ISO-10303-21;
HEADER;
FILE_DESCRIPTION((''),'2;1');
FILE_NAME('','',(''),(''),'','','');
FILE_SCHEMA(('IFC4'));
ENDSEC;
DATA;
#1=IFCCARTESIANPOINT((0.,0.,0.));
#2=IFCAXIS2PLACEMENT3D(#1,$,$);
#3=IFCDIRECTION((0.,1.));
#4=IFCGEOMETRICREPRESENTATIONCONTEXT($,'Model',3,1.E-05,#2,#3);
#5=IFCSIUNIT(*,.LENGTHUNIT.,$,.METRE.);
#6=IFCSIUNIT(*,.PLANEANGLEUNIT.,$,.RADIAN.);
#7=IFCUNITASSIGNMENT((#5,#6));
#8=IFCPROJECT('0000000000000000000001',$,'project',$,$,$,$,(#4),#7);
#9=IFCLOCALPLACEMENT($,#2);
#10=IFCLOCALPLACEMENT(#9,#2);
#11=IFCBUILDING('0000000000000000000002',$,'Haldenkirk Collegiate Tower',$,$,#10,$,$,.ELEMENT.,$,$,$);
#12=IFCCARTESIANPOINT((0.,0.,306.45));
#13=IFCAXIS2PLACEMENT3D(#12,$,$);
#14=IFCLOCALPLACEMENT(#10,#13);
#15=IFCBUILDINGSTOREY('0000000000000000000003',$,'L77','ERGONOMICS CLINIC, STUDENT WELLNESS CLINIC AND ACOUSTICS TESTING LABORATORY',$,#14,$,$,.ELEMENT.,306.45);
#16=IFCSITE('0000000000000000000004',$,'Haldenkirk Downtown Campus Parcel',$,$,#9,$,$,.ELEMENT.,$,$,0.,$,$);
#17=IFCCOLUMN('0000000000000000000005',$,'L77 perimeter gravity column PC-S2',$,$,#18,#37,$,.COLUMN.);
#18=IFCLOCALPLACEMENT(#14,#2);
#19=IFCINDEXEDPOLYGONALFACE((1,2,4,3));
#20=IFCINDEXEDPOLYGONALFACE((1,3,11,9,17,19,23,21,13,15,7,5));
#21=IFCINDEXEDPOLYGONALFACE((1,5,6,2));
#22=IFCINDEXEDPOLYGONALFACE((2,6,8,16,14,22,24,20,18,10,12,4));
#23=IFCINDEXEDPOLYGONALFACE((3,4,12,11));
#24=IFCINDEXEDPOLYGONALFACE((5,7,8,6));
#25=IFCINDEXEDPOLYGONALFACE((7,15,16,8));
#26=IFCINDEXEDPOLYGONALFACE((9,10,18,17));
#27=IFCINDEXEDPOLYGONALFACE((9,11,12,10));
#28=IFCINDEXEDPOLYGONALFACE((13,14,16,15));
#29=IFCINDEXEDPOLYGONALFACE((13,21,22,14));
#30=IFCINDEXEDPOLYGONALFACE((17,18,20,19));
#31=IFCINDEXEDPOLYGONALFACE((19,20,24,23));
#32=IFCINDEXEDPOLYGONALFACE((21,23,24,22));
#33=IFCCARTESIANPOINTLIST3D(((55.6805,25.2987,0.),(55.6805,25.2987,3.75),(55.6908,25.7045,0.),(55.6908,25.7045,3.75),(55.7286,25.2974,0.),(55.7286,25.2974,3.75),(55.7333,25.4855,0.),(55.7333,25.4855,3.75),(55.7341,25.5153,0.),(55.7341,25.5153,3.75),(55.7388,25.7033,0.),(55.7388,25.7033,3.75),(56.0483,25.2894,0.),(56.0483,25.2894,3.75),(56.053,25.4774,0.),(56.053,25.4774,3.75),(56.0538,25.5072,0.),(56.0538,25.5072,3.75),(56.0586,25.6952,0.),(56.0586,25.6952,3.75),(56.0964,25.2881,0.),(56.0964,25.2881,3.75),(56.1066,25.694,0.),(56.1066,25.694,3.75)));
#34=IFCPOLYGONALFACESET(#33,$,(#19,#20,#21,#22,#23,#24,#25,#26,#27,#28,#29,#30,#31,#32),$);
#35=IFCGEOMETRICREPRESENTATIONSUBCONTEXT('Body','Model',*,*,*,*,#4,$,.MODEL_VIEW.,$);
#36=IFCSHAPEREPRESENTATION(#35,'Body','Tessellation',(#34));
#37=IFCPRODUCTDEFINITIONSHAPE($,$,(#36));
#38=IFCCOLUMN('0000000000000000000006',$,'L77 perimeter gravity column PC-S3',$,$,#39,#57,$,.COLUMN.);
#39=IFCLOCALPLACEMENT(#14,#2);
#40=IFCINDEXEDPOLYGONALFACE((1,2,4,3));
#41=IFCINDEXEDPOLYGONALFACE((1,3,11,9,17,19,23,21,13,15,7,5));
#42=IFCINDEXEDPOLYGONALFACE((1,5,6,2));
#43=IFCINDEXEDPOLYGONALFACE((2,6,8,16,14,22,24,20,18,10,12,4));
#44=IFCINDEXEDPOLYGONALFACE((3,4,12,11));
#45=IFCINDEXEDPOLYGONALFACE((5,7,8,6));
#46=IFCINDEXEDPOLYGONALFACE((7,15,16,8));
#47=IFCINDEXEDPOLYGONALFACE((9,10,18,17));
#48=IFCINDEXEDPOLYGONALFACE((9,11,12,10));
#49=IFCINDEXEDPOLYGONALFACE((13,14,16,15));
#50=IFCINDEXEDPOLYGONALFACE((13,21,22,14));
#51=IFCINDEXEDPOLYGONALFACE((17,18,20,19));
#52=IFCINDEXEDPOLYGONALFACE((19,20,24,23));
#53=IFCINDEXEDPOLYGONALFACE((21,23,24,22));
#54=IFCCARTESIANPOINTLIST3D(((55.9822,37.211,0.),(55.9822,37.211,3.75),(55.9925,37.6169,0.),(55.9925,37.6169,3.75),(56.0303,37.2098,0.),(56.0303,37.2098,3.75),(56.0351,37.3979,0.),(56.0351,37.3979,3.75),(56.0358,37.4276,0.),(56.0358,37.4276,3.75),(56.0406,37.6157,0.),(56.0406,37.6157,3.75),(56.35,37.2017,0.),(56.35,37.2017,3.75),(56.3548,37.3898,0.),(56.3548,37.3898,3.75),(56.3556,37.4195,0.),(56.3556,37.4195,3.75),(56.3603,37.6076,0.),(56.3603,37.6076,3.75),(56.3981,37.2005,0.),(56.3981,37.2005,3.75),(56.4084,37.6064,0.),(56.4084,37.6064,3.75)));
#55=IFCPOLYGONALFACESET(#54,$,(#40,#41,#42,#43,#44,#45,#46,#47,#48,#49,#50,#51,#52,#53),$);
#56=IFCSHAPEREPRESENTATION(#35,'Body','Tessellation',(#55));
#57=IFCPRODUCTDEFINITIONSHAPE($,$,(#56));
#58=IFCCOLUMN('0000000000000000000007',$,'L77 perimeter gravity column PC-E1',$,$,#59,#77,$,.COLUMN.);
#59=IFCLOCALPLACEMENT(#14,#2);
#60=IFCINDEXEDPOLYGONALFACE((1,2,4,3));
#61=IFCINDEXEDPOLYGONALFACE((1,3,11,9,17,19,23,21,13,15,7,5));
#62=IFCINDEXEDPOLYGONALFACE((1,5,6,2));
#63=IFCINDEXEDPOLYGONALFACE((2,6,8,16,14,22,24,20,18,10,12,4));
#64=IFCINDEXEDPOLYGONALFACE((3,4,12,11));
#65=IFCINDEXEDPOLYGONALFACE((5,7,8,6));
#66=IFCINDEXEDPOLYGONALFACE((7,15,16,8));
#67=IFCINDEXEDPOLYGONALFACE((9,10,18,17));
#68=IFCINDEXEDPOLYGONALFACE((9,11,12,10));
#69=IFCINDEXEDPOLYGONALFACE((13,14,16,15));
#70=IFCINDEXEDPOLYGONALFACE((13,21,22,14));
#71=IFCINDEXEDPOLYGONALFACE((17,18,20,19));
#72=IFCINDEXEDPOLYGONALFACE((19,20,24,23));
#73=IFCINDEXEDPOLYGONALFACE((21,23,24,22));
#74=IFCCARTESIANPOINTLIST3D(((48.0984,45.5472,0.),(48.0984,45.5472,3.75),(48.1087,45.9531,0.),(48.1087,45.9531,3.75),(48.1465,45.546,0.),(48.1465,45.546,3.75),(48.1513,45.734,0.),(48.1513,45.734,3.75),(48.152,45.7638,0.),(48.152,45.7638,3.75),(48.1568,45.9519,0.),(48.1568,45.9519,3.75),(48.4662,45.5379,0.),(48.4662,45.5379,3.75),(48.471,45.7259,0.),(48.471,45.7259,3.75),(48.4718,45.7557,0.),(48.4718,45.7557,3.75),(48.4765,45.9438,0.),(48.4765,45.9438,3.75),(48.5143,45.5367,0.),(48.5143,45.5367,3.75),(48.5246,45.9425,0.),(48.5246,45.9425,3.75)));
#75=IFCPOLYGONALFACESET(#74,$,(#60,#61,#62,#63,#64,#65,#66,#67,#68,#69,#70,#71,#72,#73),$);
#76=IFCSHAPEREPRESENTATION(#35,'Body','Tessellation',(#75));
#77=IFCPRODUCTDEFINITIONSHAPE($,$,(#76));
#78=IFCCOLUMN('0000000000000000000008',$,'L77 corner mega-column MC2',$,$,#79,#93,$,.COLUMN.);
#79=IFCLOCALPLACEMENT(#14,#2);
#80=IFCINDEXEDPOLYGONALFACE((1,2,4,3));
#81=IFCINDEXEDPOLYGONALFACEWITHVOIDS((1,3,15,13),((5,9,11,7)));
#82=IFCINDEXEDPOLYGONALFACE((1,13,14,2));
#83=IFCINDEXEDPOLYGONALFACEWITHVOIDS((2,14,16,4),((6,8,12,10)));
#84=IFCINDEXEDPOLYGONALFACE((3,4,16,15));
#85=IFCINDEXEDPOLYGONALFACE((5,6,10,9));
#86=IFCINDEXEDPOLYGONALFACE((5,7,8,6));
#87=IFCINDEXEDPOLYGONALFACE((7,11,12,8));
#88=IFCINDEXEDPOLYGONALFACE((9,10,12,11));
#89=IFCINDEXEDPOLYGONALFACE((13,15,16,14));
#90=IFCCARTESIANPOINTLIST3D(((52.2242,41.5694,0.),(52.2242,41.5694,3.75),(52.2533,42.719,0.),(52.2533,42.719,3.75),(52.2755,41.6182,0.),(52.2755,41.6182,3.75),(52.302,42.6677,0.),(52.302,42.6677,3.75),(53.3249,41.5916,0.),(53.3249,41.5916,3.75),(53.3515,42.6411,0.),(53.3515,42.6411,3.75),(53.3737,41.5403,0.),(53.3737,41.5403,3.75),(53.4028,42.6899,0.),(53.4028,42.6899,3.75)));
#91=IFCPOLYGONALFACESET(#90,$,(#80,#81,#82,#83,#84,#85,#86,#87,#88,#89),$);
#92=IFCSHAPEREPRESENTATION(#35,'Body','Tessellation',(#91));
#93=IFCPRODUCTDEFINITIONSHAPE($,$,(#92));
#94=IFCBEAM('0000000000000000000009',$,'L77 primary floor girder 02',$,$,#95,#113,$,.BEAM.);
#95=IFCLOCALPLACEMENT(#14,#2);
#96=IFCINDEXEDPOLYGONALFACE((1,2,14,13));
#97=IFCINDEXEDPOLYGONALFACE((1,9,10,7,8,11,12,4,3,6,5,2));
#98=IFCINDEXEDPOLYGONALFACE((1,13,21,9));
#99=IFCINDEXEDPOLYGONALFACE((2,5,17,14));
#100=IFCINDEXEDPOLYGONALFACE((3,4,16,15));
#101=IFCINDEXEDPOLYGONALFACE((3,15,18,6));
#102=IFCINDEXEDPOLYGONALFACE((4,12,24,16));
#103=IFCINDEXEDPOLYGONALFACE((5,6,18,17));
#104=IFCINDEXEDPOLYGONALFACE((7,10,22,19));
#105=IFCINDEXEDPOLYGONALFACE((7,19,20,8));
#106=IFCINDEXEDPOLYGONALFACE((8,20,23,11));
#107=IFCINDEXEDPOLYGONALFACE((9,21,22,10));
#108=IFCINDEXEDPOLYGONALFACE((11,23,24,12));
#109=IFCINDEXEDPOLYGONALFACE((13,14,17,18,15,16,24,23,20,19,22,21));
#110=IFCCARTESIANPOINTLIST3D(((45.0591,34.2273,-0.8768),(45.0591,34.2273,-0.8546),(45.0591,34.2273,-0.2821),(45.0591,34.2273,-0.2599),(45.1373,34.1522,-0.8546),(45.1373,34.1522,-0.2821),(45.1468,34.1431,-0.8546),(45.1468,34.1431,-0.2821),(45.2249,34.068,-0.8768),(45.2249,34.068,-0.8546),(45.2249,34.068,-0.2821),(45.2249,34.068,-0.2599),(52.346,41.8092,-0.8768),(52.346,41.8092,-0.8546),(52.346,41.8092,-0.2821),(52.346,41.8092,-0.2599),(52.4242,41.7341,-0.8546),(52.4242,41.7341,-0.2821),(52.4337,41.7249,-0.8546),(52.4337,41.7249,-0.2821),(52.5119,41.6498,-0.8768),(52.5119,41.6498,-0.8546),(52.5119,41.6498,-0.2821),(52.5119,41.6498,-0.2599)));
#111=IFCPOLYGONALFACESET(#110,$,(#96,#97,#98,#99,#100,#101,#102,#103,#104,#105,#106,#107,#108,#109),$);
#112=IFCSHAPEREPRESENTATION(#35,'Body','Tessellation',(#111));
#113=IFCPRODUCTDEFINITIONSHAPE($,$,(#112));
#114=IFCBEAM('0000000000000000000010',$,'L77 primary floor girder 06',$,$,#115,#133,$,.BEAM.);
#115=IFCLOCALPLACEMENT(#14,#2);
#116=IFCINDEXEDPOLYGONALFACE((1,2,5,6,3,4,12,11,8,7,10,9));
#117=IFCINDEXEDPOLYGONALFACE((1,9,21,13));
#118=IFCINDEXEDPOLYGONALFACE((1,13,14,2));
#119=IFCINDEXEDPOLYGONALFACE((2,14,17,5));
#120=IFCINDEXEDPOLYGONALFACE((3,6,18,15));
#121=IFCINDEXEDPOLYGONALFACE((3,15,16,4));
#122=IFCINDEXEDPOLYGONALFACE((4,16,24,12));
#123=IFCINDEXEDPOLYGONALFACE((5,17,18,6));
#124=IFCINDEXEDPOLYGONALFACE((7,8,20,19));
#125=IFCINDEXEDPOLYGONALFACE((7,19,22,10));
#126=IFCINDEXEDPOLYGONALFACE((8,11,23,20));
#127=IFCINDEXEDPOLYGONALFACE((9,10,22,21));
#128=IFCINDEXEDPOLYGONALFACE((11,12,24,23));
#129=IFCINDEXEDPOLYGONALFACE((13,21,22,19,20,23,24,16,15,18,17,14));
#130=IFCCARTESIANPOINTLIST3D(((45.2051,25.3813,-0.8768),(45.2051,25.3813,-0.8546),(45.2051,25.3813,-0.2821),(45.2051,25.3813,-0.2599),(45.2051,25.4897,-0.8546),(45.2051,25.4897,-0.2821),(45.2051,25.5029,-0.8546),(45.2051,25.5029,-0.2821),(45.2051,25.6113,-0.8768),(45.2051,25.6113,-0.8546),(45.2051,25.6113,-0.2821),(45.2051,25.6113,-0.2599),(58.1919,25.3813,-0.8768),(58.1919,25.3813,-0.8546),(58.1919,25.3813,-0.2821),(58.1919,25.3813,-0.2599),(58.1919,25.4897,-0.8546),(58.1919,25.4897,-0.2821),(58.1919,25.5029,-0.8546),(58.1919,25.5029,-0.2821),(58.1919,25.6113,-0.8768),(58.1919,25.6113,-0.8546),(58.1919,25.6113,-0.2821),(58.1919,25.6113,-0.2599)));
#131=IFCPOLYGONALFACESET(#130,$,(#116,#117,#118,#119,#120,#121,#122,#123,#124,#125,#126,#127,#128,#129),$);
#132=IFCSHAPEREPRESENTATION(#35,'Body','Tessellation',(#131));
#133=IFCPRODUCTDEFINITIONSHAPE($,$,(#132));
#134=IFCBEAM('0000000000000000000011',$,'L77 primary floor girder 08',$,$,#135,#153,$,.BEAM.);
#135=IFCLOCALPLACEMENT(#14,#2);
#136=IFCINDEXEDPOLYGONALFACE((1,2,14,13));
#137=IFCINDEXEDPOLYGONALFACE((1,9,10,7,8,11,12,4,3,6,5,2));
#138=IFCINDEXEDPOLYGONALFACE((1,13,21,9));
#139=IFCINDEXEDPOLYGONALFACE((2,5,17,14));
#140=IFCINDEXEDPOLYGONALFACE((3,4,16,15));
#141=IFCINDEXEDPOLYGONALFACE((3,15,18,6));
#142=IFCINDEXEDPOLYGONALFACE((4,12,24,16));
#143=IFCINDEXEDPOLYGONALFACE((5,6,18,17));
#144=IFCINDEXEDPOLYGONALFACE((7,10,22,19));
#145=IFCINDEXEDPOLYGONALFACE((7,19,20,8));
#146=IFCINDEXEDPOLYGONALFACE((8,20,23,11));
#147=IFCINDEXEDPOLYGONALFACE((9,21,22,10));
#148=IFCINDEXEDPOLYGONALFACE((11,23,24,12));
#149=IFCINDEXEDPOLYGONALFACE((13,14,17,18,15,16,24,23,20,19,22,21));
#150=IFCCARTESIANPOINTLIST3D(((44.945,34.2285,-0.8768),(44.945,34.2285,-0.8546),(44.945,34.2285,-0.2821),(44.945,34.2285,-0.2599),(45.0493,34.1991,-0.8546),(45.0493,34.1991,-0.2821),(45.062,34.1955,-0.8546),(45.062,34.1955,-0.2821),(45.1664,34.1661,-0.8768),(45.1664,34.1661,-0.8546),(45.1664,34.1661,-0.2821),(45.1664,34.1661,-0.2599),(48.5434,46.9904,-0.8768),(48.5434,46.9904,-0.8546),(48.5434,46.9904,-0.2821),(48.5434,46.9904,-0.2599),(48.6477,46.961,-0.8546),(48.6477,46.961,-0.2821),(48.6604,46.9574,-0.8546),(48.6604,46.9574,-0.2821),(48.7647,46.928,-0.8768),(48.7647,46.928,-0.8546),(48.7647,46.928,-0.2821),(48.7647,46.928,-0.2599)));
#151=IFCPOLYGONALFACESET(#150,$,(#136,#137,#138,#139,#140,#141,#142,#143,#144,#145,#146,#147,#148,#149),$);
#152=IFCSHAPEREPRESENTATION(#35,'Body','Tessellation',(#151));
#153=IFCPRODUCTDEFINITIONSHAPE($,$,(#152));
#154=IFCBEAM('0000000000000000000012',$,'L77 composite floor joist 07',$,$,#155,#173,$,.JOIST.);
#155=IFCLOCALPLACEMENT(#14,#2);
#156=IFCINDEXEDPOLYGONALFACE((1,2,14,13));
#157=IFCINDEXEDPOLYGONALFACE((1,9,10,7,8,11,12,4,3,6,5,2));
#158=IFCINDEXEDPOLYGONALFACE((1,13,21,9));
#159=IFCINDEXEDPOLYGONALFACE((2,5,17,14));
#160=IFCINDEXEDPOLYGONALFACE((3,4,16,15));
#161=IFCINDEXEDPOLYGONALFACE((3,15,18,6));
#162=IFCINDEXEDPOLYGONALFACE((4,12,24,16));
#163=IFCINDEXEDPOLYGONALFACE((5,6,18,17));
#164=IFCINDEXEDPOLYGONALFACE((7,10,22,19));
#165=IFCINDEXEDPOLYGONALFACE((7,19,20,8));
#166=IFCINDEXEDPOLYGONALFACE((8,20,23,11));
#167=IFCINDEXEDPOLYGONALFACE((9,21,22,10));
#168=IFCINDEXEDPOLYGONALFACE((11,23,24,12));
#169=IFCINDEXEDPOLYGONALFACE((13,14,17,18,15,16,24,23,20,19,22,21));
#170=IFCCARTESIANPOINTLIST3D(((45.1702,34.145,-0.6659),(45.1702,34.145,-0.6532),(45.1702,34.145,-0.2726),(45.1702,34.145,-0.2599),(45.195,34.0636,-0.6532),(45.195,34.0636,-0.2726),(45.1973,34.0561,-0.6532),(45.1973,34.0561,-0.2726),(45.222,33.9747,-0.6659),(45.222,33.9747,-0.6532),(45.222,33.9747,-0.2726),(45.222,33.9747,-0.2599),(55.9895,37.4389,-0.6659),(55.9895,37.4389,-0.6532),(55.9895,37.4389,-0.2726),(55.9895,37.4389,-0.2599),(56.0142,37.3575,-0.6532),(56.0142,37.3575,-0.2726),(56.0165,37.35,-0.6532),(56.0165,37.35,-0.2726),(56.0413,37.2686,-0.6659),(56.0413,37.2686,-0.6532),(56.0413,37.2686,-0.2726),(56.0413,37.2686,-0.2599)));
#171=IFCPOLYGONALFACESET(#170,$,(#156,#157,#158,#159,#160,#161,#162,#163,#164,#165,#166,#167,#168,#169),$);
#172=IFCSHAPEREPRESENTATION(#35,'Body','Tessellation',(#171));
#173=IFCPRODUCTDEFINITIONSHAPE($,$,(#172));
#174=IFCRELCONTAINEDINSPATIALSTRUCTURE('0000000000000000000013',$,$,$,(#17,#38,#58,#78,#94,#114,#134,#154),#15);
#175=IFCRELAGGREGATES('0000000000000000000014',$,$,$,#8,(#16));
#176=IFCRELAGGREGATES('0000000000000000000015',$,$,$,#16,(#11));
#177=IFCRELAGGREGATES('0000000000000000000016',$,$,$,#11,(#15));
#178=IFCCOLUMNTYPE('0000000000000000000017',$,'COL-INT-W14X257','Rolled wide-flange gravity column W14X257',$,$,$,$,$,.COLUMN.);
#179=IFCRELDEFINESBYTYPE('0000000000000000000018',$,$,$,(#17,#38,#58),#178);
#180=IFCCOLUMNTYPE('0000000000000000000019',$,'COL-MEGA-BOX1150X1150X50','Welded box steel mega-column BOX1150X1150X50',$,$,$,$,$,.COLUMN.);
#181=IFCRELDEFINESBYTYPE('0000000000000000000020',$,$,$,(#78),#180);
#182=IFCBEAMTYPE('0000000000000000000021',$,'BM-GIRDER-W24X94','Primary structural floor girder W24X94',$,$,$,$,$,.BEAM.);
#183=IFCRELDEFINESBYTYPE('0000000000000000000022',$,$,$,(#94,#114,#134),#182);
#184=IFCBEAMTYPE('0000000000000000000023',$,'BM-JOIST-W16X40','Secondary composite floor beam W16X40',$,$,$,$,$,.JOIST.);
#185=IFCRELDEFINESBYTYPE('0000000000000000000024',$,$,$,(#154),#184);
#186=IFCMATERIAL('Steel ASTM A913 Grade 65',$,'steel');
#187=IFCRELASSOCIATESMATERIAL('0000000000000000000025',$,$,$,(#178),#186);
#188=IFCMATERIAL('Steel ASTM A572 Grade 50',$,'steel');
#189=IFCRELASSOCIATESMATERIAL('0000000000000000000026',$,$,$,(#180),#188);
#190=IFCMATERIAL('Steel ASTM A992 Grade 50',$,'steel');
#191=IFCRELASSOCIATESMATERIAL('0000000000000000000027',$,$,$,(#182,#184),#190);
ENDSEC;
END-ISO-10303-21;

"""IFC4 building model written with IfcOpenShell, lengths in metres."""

from ifc_helpers import new_model, si_unit, direction, frame, origin, origin_2d, place, context, subcontext, project, spatial, hollow_rectangle, i_section, extrude, material, material_profile, profile_set, type_object, element, save


model = new_model("IFC4")

# Units and contexts
model_context = context("Model", 3, precision=1e-05, world=origin(), true_north=direction((0.0, 1.0)))
body_context = subcontext(model_context, "Body", "Model", "MODEL_VIEW")
ifc_project = project(units=[si_unit("LENGTHUNIT", "METRE"), si_unit("PLANEANGLEUNIT", "RADIAN")], contexts=[model_context])

# Site, building, storey
site_placement = place(None, origin())
site = spatial("IfcSite", under=ifc_project, at=site_placement, Name="Haldenkirk Downtown Campus Parcel", CompositionType="ELEMENT", RefElevation=0.0)
building_placement = place(site_placement, origin())
building = spatial("IfcBuilding", under=site, at=building_placement, Name="Haldenkirk Collegiate Tower", CompositionType="ELEMENT")
storey_placement = place(building_placement, frame((0.0, 0.0, 306.45)))
storey = spatial("IfcBuildingStorey", under=building, at=storey_placement, Name="L77", Description="ERGONOMICS CLINIC, STUDENT WELLNESS CLINIC AND ACOUSTICS TESTING LABORATORY", CompositionType="ELEMENT", Elevation=306.45)

# Columns
ifc_material_1 = material(Name="Steel ASTM A913 Grade 65", Category="steel")
ifc_material_profile_1 = material_profile(ifc_material_1, i_section(OverallWidth=0.406, OverallDepth=0.416, WebThickness=0.0298, FlangeThickness=0.0481, at=origin_2d()), Name="W14X257")
ifc_profile_set_1 = profile_set([ifc_material_profile_1], Name="Steel ASTM A913 Grade 65")
column_type_1 = type_object("IfcColumnType", Name="COL-INT-W14X257", Description="Rolled wide-flange gravity column W14X257", PredefinedType="COLUMN", material=ifc_profile_set_1)
for number, where, z_axis, x_axis, name in (
    (1, (55.8936, 25.4963, 0.0), (0.0, 0.0, 1.0), (0.025305, 0.99968, 0.0), "L77 perimeter gravity column PC-S2"),
    (2, (56.1953, 37.4087, 0.0), (0.0, 0.0, 1.0), (0.025305, 0.99968, 0.0), "L77 perimeter gravity column PC-S3"),
    (3, (48.3115, 45.7449, 0.0), (0.0, 0.0, 1.0), (0.025305, 0.99968, 0.0), "L77 perimeter gravity column PC-E1"),
):
    element("IfcColumn", number, at=place(storey_placement, frame(where, z_axis=z_axis, x_axis=x_axis)), inside=storey, type_object=column_type_1, Name=name, PredefinedType="COLUMN", context=body_context, shape_type="SweptSolid", body=[
        extrude(i_section(OverallWidth=0.406, OverallDepth=0.416, WebThickness=0.0298, FlangeThickness=0.0481, at=origin_2d()), origin(), (0.0, 0.0, 1.0), 3.75),
    ])
ifc_material_2 = material(Name="Steel ASTM A572 Grade 50", Category="steel")
ifc_material_profile_2 = material_profile(ifc_material_2, hollow_rectangle(XDim=1.1499, YDim=1.1499, WallThickness=0.05, at=origin_2d()), Name="BOX1150X1150X50")
ifc_profile_set_2 = profile_set([ifc_material_profile_2], Name="Steel ASTM A572 Grade 50")
column_type_2 = type_object("IfcColumnType", Name="COL-MEGA-BOX1150X1150X50", Description="Welded box steel mega-column BOX1150X1150X50", PredefinedType="COLUMN", material=ifc_profile_set_2)
column_placement = place(storey_placement, frame((52.8135, 42.1296, 0.0), z_axis=(0.0, 0.0, 1.0), x_axis=(0.025305, 0.99968, 0.0)))
element("IfcColumn", 4, at=column_placement, inside=storey, type_object=column_type_2, Name="L77 corner mega-column MC2", PredefinedType="COLUMN", context=body_context, shape_type="SweptSolid", body=[
    extrude(hollow_rectangle(XDim=1.1499, YDim=1.1499, WallThickness=0.05, at=origin_2d()), origin(), (0.0, 0.0, 1.0), 3.75),
])

# Beams
ifc_material_3 = material(Name="Steel ASTM A992 Grade 50", Category="steel")
ifc_material_profile_3 = material_profile(ifc_material_3, i_section(OverallWidth=0.23, OverallDepth=0.6169, WebThickness=0.0132, FlangeThickness=0.0222, at=origin_2d()), Name="W24X94")
ifc_profile_set_3 = profile_set([ifc_material_profile_3], Name="Steel ASTM A992 Grade 50")
beam_type_1 = type_object("IfcBeamType", Name="BM-GIRDER-W24X94", Description="Primary structural floor girder W24X94", PredefinedType="BEAM", material=ifc_profile_set_3)
beam_1_placement = place(storey_placement, frame((52.429, 41.7295, -0.5684), z_axis=(-0.692945, -0.720991, 0.0), x_axis=(0.720991, -0.692945, 0.0)))
element("IfcBeam", 5, at=beam_1_placement, inside=storey, type_object=beam_type_1, Name="L77 primary floor girder 02", PredefinedType="BEAM", context=body_context, shape_type="SweptSolid", body=[
    extrude(i_section(OverallWidth=0.23, OverallDepth=0.6169, WebThickness=0.0132, FlangeThickness=0.0222, at=origin_2d()), origin(), (0.0, 0.0, 1.0), 10.5159),
])
beam_2_placement = place(storey_placement, frame((58.1919, 25.4963, -0.5684), z_axis=(-1.0, 0.0, 0.0), x_axis=(0.0, -1.0, 0.0)))
element("IfcBeam", 6, at=beam_2_placement, inside=storey, type_object=beam_type_1, Name="L77 primary floor girder 06", PredefinedType="BEAM", context=body_context, shape_type="SweptSolid", body=[
    extrude(i_section(OverallWidth=0.23, OverallDepth=0.6169, WebThickness=0.0132, FlangeThickness=0.0222, at=origin_2d()), origin(), (0.0, 0.0, 1.0), 12.9868),
])
beam_3_placement = place(storey_placement, frame((48.6541, 46.9592, -0.5684), z_axis=(-0.271381, -0.962472, 0.0), x_axis=(0.962472, -0.271381, 0.0)))
element("IfcBeam", 7, at=beam_3_placement, inside=storey, type_object=beam_type_1, Name="L77 primary floor girder 08", PredefinedType="BEAM", context=body_context, shape_type="SweptSolid", body=[
    extrude(i_section(OverallWidth=0.23, OverallDepth=0.6169, WebThickness=0.0132, FlangeThickness=0.0222, at=origin_2d()), origin(), (0.0, 0.0, 1.0), 13.2595),
])
ifc_material_profile_4 = material_profile(ifc_material_3, i_section(OverallWidth=0.178, OverallDepth=0.406, WebThickness=0.0078, FlangeThickness=0.0127, at=origin_2d()), Name="W16X40")
ifc_profile_set_4 = profile_set([ifc_material_profile_4], Name="Steel ASTM A992 Grade 50")
beam_type_2 = type_object("IfcBeamType", Name="BM-JOIST-W16X40", Description="Secondary composite floor beam W16X40", PredefinedType="JOIST", material=ifc_profile_set_4)
beam_4_placement = place(storey_placement, frame((56.0154, 37.3538, -0.4629), z_axis=(-0.956647, -0.291251, 0.0), x_axis=(0.291251, -0.956647, 0.0)))
element("IfcBeam", 8, at=beam_4_placement, inside=storey, type_object=beam_type_2, Name="L77 composite floor joist 07", PredefinedType="JOIST", context=body_context, shape_type="SweptSolid", body=[
    extrude(i_section(OverallWidth=0.178, OverallDepth=0.406, WebThickness=0.0078, FlangeThickness=0.0127, at=origin_2d()), origin(), (0.0, 0.0, 1.0), 11.3096),
])

save(model, "model.ifc")
